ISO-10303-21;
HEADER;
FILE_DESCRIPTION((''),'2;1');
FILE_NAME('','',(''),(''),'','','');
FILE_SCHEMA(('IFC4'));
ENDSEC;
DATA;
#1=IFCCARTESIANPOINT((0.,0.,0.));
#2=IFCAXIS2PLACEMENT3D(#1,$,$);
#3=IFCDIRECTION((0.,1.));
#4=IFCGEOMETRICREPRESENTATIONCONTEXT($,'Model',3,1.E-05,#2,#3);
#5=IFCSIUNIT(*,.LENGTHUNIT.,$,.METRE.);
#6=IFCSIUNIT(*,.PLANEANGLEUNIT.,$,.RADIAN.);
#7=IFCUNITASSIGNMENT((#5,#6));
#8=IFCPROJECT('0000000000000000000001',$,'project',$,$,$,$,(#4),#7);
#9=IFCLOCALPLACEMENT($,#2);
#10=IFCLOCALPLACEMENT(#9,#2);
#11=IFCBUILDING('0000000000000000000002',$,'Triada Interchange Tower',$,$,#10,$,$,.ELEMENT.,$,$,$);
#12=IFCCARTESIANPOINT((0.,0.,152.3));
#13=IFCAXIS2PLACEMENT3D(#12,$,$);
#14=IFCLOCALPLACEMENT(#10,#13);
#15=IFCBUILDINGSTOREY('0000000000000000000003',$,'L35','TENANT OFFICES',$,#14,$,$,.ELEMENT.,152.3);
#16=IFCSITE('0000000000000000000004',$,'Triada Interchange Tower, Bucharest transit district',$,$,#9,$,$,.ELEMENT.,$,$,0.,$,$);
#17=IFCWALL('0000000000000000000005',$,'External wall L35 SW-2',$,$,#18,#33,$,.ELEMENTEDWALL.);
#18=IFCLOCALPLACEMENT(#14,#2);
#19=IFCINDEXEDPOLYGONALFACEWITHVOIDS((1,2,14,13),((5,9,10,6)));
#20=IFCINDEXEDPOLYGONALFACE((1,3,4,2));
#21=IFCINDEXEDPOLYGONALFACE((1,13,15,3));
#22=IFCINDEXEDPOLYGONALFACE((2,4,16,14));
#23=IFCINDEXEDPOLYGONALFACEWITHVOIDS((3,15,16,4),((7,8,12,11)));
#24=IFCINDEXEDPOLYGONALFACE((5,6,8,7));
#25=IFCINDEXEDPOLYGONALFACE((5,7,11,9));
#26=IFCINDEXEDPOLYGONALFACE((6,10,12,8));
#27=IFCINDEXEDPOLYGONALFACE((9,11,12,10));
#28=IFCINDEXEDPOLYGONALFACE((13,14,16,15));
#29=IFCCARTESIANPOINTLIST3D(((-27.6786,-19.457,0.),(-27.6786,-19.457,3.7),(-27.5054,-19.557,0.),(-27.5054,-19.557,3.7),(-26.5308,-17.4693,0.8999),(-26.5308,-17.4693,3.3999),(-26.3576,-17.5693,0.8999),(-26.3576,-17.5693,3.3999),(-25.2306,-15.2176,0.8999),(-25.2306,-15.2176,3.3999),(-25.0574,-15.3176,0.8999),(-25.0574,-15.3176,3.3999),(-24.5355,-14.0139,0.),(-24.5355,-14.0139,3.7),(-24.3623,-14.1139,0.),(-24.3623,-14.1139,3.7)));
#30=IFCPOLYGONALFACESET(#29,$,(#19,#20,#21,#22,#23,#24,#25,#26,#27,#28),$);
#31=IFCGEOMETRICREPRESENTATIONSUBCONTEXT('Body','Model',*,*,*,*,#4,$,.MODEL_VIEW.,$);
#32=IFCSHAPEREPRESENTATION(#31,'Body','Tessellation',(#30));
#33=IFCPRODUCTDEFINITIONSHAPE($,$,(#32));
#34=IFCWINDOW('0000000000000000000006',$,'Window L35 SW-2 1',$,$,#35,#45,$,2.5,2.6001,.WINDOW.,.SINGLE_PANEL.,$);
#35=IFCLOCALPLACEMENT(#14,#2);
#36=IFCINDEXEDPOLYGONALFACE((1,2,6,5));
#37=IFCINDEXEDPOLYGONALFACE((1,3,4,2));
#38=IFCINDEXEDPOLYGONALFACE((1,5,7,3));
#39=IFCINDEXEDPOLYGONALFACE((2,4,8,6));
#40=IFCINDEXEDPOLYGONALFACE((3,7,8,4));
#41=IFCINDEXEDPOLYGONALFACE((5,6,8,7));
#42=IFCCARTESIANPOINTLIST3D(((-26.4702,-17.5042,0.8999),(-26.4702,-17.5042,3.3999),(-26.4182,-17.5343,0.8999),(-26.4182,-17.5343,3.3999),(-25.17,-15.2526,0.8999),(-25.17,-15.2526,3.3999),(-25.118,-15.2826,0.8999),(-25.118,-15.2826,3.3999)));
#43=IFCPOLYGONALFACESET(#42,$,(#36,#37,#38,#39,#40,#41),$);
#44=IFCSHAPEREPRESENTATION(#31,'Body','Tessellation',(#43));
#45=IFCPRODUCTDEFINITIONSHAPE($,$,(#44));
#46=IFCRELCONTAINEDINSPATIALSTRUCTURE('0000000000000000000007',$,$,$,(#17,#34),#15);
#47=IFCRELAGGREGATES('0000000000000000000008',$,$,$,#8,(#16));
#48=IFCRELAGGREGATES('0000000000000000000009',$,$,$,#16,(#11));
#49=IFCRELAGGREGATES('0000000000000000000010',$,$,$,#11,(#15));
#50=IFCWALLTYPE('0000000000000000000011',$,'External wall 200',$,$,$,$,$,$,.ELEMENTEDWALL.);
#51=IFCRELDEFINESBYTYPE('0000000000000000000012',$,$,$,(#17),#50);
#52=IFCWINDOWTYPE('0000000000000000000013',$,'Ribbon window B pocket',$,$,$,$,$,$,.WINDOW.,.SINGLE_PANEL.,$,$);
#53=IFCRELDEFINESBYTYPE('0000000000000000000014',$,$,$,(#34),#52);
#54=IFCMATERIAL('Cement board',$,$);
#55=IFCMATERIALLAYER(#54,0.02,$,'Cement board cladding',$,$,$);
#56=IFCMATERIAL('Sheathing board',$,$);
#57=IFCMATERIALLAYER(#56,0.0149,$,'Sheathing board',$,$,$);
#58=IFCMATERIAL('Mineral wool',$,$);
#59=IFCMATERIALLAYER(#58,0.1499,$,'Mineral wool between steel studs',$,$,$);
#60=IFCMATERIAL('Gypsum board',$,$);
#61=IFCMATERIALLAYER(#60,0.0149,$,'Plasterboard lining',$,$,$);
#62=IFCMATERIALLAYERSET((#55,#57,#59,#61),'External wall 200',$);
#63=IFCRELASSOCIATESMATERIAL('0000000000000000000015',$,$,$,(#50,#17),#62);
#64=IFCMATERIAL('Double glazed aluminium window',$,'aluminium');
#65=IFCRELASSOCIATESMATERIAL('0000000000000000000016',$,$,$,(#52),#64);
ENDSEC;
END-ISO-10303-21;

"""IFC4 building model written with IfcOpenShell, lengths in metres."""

from ifc_helpers import new_model, si_unit, direction, frame, frame_2d, origin, place, context, subcontext, project, spatial, rectangle, extrude, material, layer, layer_set, layer_usage, type_object, element, fill, save


model = new_model("IFC4")

# Units and contexts
model_context = context("Model", 3, precision=1e-05, world=origin(), true_north=direction((0.0, 1.0)))
body_context = subcontext(model_context, "Body", "Model", "MODEL_VIEW")
ifc_project = project(units=[si_unit("LENGTHUNIT", "METRE"), si_unit("PLANEANGLEUNIT", "RADIAN")], contexts=[model_context])

# Site, building, storey
site_placement = place(None, origin())
site = spatial("IfcSite", under=ifc_project, at=site_placement, Name="Triada Interchange Tower, Bucharest transit district", CompositionType="ELEMENT", RefElevation=0.0)
building_placement = place(site_placement, origin())
building = spatial("IfcBuilding", under=site, at=building_placement, Name="Triada Interchange Tower", CompositionType="ELEMENT")
storey_placement = place(building_placement, frame((0.0, 0.0, 152.3)))
storey = spatial("IfcBuildingStorey", under=building, at=storey_placement, Name="L35", Description="TENANT OFFICES", CompositionType="ELEMENT", Elevation=152.3)

# Wall, opening, window
ifc_material_1 = material(Name="Cement board")
ifc_layer_1 = layer(ifc_material_1, 0.02, Name="Cement board cladding")
ifc_material_2 = material(Name="Sheathing board")
ifc_layer_2 = layer(ifc_material_2, 0.0149, Name="Sheathing board")
ifc_material_3 = material(Name="Mineral wool")
ifc_layer_3 = layer(ifc_material_3, 0.1499, Name="Mineral wool between steel studs")
ifc_material_4 = material(Name="Gypsum board")
ifc_layer_4 = layer(ifc_material_4, 0.0149, Name="Plasterboard lining")
ifc_layer_set_1 = layer_set([ifc_layer_1, ifc_layer_2, ifc_layer_3, ifc_layer_4], Name="External wall 200")
ifc_layer_usage = layer_usage(ifc_layer_set_1, "AXIS2", "POSITIVE", -0.1001)
wall_type_1 = type_object("IfcWallType", Name="External wall 200", PredefinedType="ELEMENTEDWALL", material=ifc_layer_set_1)
ifc_material_5 = material(Name="Double glazed aluminium window", Category="aluminium")
window_type_1 = type_object("IfcWindowType", Name="Ribbon window B pocket", PartitioningType="SINGLE_PANEL", PredefinedType="WINDOW", material=ifc_material_5)
wall_1_placement = place(storey_placement, frame((-24.449, -14.064, 0.0), z_axis=(0.0, 0.0, 1.0), x_axis=(-0.500058, -0.865992, 0.0)))
wall_1 = element("IfcWall", 1, at=wall_1_placement, inside=storey, type_object=wall_type_1, material=ifc_layer_usage, Name="External wall L35 SW-2", PredefinedType="ELEMENTEDWALL", context=body_context, shape_type="SweptSolid", body=[
    extrude(rectangle(XDim=6.2854, YDim=0.2, at=frame_2d((3.1426, 0.0))), origin(), (0.0, 0.0, 1.0), 3.7),
])
opening_1_placement = place(wall_1_placement, frame((1.3899, 0.0, 0.8999)))
opening_1 = element("IfcOpeningElement", 2, at=opening_1_placement, cuts=wall_1, PredefinedType="OPENING", context=body_context, shape_type="SweptSolid", body=[
    extrude(rectangle(XDim=2.6001, YDim=2.5, at=frame_2d((1.3, 1.25))), frame((0.0, 0.1099, 0.0), z_axis=(0.0, -1.0, 0.0), x_axis=(1.0, 0.0, 0.0)), (0.0, 0.0, 1.0), 0.22),
])
window_1_placement = place(opening_1_placement, origin())
window_1 = element("IfcWindow", 3, at=window_1_placement, inside=storey, type_object=window_type_1, Name="Window L35 SW-2 1", OverallHeight=2.5, OverallWidth=2.6001, PartitioningType="SINGLE_PANEL", PredefinedType="WINDOW", context=body_context, shape_type="SweptSolid", body=[
    extrude(rectangle(XDim=2.6001, YDim=2.5, at=frame_2d((1.3, 1.25))), frame((0.0, 0.03, 0.0), z_axis=(0.0, -1.0, 0.0), x_axis=(1.0, 0.0, 0.0)), (0.0, 0.0, 1.0), 0.0601),
])
fill(opening_1, window_1)

save(model, "model.ifc")
